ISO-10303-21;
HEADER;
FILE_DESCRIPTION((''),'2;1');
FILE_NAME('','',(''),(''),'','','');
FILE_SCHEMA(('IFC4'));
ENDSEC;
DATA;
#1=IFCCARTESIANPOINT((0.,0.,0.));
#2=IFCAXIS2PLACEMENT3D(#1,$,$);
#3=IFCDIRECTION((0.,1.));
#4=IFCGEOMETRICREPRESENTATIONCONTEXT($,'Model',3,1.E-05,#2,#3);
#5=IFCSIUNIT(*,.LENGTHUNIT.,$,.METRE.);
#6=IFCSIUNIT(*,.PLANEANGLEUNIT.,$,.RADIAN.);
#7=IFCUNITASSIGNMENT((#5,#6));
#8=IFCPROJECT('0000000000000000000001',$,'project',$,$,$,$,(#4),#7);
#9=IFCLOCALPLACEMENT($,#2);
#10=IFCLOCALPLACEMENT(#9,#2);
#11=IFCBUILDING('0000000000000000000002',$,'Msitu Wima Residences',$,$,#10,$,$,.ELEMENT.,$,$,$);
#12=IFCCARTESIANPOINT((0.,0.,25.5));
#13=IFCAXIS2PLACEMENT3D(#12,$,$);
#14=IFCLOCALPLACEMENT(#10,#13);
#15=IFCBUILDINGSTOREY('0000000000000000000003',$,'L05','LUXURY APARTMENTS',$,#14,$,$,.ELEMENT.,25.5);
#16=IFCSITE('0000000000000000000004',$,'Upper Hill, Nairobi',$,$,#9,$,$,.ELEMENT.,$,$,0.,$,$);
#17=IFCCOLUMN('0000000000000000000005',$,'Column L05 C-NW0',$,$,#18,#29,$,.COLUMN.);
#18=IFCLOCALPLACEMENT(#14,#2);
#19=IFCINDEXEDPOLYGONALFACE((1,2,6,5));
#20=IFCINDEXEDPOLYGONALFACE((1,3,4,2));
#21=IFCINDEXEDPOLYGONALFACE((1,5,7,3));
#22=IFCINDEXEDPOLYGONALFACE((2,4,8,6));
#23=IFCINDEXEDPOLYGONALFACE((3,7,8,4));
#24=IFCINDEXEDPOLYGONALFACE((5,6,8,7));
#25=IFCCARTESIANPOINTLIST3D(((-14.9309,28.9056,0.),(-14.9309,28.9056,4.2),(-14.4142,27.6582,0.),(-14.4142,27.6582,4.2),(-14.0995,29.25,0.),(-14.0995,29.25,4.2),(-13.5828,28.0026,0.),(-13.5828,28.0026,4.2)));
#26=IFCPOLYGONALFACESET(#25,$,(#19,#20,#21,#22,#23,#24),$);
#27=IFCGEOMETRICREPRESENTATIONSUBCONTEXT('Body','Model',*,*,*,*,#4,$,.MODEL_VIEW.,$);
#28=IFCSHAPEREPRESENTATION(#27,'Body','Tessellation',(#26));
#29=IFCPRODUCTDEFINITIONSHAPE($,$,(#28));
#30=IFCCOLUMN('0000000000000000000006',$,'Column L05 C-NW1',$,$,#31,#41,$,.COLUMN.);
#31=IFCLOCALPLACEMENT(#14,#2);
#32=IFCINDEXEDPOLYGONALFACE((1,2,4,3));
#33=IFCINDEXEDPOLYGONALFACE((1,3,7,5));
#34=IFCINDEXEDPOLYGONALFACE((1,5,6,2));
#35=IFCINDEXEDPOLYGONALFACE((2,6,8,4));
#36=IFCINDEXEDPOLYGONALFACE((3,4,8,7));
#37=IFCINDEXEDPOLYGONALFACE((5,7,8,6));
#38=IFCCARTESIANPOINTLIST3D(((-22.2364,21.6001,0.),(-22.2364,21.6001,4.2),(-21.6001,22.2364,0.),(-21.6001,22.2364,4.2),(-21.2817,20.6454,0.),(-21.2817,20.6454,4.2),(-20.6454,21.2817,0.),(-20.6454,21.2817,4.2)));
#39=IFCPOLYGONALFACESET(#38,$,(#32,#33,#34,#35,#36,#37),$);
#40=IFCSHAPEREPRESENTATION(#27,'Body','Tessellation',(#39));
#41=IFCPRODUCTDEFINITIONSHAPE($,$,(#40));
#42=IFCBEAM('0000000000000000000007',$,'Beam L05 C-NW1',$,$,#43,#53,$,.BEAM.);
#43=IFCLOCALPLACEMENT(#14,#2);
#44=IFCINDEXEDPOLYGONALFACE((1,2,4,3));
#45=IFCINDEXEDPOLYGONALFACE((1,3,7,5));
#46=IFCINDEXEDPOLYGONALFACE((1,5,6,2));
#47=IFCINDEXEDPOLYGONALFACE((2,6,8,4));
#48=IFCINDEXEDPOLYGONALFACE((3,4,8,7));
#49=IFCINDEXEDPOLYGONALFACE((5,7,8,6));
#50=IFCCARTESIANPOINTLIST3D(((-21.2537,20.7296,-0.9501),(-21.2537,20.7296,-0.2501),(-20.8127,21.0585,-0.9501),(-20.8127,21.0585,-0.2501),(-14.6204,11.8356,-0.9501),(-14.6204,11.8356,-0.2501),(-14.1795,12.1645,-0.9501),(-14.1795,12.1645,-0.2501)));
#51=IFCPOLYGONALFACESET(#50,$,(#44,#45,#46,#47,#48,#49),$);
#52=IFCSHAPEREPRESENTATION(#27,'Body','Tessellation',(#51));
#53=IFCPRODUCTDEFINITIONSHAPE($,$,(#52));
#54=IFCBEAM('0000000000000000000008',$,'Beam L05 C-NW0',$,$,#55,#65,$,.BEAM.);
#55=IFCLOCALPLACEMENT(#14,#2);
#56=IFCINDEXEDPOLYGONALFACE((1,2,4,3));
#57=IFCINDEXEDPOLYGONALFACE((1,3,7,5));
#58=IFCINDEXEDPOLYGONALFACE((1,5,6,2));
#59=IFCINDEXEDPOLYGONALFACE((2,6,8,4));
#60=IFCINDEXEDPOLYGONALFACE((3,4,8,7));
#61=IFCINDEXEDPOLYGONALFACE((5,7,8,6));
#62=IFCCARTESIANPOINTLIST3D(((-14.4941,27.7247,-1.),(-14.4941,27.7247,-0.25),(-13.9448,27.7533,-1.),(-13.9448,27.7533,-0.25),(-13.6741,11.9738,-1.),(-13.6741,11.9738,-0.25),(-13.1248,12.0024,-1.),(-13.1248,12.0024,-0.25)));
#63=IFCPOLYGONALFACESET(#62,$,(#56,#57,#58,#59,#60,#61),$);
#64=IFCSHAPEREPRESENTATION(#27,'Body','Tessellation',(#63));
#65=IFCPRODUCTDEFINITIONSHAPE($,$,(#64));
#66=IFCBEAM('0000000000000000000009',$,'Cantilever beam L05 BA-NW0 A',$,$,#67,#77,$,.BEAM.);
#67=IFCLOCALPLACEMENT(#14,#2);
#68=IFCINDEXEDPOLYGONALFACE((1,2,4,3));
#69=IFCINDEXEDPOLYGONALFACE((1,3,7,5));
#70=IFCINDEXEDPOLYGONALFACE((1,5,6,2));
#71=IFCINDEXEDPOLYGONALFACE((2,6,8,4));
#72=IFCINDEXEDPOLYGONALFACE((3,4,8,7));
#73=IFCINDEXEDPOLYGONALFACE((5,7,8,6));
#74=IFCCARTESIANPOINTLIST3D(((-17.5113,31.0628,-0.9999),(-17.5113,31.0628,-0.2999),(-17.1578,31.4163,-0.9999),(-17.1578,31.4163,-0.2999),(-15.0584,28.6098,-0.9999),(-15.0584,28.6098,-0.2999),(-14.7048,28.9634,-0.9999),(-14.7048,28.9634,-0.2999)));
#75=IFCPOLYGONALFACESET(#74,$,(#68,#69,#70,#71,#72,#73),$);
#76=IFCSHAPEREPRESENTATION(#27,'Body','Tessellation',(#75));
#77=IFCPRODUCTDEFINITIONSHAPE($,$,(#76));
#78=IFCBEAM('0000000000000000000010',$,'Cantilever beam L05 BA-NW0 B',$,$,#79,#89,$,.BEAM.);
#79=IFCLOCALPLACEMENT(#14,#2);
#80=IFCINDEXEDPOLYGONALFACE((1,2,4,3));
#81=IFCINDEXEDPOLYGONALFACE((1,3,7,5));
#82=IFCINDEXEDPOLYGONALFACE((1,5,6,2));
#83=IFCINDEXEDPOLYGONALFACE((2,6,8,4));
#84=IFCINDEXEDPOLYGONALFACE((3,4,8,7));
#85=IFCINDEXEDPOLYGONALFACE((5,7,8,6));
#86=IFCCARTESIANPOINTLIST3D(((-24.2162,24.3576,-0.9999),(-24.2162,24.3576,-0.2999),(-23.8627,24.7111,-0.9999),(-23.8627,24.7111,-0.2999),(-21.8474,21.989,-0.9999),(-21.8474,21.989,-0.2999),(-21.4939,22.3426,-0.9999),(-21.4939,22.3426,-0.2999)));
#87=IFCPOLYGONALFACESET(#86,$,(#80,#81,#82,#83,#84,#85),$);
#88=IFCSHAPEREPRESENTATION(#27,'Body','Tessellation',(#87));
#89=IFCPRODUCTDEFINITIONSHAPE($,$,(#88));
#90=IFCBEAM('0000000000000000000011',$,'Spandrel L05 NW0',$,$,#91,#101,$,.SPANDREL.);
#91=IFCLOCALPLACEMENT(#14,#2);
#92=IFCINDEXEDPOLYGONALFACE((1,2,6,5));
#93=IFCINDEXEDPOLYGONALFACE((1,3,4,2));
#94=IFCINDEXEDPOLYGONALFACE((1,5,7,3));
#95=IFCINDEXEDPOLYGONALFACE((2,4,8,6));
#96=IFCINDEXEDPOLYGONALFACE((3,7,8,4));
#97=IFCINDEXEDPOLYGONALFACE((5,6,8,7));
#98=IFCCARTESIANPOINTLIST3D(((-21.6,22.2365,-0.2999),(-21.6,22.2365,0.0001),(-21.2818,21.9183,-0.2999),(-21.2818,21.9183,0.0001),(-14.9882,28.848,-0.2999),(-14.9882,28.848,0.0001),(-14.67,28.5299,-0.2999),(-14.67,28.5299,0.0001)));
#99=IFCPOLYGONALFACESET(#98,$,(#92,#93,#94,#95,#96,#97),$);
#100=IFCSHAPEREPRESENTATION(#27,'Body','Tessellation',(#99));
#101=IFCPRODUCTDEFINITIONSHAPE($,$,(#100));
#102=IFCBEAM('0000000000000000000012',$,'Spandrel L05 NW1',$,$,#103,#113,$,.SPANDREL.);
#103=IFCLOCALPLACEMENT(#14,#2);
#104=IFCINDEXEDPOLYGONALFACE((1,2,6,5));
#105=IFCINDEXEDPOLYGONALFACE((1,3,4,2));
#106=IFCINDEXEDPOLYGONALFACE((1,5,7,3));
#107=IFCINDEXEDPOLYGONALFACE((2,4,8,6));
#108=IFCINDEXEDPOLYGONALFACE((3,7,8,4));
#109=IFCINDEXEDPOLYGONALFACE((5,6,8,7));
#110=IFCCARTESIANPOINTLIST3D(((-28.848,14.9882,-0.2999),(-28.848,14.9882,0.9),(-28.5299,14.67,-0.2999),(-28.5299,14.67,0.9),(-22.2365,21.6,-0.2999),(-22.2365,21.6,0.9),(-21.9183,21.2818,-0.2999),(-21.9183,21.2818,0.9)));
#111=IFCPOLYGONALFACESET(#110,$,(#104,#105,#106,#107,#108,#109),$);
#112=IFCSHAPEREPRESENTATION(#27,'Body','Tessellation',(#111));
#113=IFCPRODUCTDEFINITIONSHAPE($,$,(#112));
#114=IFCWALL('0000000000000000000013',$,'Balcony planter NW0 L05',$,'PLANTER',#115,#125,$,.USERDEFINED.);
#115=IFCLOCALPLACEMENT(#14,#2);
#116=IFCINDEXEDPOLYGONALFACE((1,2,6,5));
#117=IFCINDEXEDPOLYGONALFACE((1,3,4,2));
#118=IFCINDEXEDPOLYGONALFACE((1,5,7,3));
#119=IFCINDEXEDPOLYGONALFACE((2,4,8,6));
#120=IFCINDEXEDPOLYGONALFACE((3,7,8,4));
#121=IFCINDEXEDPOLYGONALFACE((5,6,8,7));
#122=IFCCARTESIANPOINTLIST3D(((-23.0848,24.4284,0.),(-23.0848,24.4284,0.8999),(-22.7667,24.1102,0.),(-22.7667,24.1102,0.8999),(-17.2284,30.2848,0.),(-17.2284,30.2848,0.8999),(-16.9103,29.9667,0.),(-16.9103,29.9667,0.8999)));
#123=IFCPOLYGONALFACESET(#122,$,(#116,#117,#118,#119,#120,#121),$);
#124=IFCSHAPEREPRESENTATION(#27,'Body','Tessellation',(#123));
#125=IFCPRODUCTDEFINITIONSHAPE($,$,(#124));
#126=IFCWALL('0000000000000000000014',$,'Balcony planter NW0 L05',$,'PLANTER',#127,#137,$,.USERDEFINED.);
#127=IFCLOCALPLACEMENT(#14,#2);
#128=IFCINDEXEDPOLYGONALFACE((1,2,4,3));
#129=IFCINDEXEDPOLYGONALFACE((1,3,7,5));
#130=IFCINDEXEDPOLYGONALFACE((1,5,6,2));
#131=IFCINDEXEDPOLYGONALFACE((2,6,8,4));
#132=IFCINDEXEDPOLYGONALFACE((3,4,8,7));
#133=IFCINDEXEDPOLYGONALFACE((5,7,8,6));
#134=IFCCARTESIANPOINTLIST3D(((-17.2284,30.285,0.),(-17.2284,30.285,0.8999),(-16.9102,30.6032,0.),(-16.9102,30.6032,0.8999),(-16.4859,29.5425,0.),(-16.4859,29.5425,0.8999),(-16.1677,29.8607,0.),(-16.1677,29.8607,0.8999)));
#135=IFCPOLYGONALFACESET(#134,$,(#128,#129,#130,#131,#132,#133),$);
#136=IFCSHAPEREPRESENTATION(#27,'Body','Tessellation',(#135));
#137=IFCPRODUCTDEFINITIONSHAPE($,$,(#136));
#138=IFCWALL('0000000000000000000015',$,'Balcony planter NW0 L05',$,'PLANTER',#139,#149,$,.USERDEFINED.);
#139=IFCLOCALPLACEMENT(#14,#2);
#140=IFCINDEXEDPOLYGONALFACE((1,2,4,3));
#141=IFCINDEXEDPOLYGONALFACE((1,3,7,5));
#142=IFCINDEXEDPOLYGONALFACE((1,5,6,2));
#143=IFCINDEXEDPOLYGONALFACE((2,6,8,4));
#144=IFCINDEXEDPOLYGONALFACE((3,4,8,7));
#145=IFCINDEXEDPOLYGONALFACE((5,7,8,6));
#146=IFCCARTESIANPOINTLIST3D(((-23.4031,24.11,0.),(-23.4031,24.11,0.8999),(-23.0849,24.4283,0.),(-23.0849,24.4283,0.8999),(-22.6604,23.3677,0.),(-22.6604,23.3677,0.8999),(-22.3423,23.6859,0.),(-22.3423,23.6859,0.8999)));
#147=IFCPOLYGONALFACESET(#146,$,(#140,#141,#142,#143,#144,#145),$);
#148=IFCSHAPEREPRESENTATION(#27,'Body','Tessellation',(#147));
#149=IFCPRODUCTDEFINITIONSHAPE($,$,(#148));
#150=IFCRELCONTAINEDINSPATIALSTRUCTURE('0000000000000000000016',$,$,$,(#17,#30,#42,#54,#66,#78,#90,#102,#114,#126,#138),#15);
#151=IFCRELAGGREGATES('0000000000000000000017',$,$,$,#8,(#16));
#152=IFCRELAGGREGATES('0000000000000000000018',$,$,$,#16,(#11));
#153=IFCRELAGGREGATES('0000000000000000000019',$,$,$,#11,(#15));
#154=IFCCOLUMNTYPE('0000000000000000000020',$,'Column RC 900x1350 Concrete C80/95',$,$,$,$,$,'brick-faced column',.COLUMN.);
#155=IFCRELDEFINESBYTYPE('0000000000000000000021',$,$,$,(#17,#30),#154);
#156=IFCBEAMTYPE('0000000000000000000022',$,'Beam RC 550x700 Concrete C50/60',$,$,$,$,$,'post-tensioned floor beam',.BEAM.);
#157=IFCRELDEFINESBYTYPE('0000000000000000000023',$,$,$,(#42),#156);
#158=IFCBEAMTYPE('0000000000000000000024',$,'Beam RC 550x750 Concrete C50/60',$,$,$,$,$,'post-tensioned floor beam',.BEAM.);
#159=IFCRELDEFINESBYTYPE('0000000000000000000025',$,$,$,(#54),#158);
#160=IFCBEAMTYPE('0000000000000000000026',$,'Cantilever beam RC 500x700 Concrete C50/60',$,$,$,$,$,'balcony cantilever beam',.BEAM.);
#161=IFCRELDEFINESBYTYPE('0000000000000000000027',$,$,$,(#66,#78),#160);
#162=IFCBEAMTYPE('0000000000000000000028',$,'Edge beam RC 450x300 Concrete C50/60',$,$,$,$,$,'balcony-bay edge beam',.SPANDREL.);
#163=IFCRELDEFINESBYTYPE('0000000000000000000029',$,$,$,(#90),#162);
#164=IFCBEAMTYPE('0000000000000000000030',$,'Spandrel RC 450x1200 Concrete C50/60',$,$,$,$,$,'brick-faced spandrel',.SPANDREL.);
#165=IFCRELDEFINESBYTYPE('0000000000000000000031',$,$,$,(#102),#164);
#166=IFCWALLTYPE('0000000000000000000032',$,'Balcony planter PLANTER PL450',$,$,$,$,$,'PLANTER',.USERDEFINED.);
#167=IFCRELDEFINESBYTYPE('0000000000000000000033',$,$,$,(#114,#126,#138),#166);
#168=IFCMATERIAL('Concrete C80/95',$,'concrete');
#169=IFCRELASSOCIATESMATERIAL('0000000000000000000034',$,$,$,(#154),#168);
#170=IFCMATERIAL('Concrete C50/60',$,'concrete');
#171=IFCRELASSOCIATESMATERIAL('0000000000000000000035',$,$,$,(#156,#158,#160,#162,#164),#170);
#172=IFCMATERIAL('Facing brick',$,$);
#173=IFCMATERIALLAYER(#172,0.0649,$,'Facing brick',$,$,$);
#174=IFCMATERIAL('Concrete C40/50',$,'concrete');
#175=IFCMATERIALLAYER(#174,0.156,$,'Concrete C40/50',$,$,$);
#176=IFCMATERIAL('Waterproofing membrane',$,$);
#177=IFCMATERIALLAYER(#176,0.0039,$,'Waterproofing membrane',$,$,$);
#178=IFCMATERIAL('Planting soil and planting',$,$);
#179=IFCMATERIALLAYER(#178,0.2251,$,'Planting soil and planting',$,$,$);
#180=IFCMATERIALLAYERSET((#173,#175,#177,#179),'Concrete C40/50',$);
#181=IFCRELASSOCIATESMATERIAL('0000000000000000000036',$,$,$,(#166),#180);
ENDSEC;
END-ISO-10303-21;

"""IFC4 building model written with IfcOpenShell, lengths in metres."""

from ifc_helpers import new_model, si_unit, direction, frame, frame_2d, origin, origin_2d, place, context, subcontext, project, spatial, rectangle, extrude, material, layer, layer_set, material_profile, profile_set, type_object, element, save


model = new_model("IFC4")

# Units and contexts
model_context = context("Model", 3, precision=1e-05, world=origin(), true_north=direction((0.0, 1.0)))
body_context = subcontext(model_context, "Body", "Model", "MODEL_VIEW")
ifc_project = project(units=[si_unit("LENGTHUNIT", "METRE"), si_unit("PLANEANGLEUNIT", "RADIAN")], contexts=[model_context])

# Site, building, storey
site_placement = place(None, origin())
site = spatial("IfcSite", under=ifc_project, at=site_placement, Name="Upper Hill, Nairobi", CompositionType="ELEMENT", RefElevation=0.0)
building_placement = place(site_placement, origin())
building = spatial("IfcBuilding", under=site, at=building_placement, Name="Msitu Wima Residences", CompositionType="ELEMENT")
storey_placement = place(building_placement, frame((0.0, 0.0, 25.5)))
storey = spatial("IfcBuildingStorey", under=building, at=storey_placement, Name="L05", Description="LUXURY APARTMENTS", CompositionType="ELEMENT", Elevation=25.5)

# Columns
ifc_material_1 = material(Name="Concrete C80/95", Category="concrete")
ifc_material_profile_1 = material_profile(ifc_material_1, rectangle(XDim=0.8999, YDim=1.3501, at=origin_2d()), Name="RC 900x1350")
ifc_profile_set_1 = profile_set([ifc_material_profile_1], Name="Concrete C80/95")
column_type = type_object("IfcColumnType", Name="Column RC 900x1350 Concrete C80/95", ElementType="brick-faced column", PredefinedType="COLUMN", material=ifc_profile_set_1)
for number, where, z_axis, x_axis, name in (
    (1, (-14.2568, 28.4541, 0.0), (0.0, 0.0, 1.0), (-0.92388, -0.382683, 0.0), "Column L05 C-NW0"),
    (2, (-21.4409, 21.4409, 0.0), (0.0, 0.0, 1.0), (-0.707107, -0.707107, 0.0), "Column L05 C-NW1"),
):
    element("IfcColumn", number, at=place(storey_placement, frame(where, z_axis=z_axis, x_axis=x_axis)), inside=storey, type_object=column_type, Name=name, PredefinedType="COLUMN", context=body_context, shape_type="SweptSolid", body=[
        extrude(rectangle(XDim=0.8999, YDim=1.3501, at=origin_2d()), origin(), (0.0, 0.0, 1.0), 4.2),
    ])

# Beams
ifc_material_2 = material(Name="Concrete C50/60", Category="concrete")
ifc_material_profile_2 = material_profile(ifc_material_2, rectangle(XDim=0.55, YDim=0.7, at=origin_2d()), Name="RC 550x700")
ifc_profile_set_2 = profile_set([ifc_material_profile_2], Name="Concrete C50/60")
beam_type_1 = type_object("IfcBeamType", Name="Beam RC 550x700 Concrete C50/60", ElementType="post-tensioned floor beam", PredefinedType="BEAM", material=ifc_profile_set_2)
beam_1_placement = place(storey_placement, frame((-21.0332, 20.894, -0.6001), z_axis=(0.59785, -0.801608, 0.0), x_axis=(0.801608, 0.59785, 0.0)))
element("IfcBeam", 3, at=beam_1_placement, inside=storey, type_object=beam_type_1, Name="Beam L05 C-NW1", PredefinedType="BEAM", context=body_context, shape_type="SweptSolid", body=[
    extrude(rectangle(XDim=0.55, YDim=0.7, at=origin_2d()), origin(), (0.0, 0.0, 1.0), 11.0952),
])
ifc_material_profile_3 = material_profile(ifc_material_2, rectangle(XDim=0.55, YDim=0.75, at=origin_2d()), Name="RC 550x750")
ifc_profile_set_3 = profile_set([ifc_material_profile_3], Name="Concrete C50/60")
beam_type_2 = type_object("IfcBeamType", Name="Beam RC 550x750 Concrete C50/60", ElementType="post-tensioned floor beam", PredefinedType="BEAM", material=ifc_profile_set_3)
beam_2_placement = place(storey_placement, frame((-14.2195, 27.739, -0.625), z_axis=(0.051994, -0.998647, 0.0), x_axis=(0.998647, 0.051994, 0.0)))
element("IfcBeam", 4, at=beam_2_placement, inside=storey, type_object=beam_type_2, Name="Beam L05 C-NW0", PredefinedType="BEAM", context=body_context, shape_type="SweptSolid", body=[
    extrude(rectangle(XDim=0.55, YDim=0.75, at=origin_2d()), origin(), (0.0, 0.0, 1.0), 15.7722),
])
ifc_material_profile_4 = material_profile(ifc_material_2, rectangle(XDim=0.5, YDim=0.7, at=origin_2d()), Name="RC 500x700")
ifc_profile_set_4 = profile_set([ifc_material_profile_4], Name="Concrete C50/60")
beam_type_3 = type_object("IfcBeamType", Name="Cantilever beam RC 500x700 Concrete C50/60", ElementType="balcony cantilever beam", PredefinedType="BEAM", material=ifc_profile_set_4)
beam_3_placement = place(storey_placement, frame((-14.8816, 28.7866, -0.6499), z_axis=(-0.707107, 0.707107, 0.0), x_axis=(-0.707107, -0.707107, 0.0)))
element("IfcBeam", 5, at=beam_3_placement, inside=storey, type_object=beam_type_3, Name="Cantilever beam L05 BA-NW0 A", PredefinedType="BEAM", context=body_context, shape_type="SweptSolid", body=[
    extrude(rectangle(XDim=0.5, YDim=0.7, at=origin_2d()), origin(), (0.0, 0.0, 1.0), 3.469),
])
beam_4_placement = place(storey_placement, frame((-21.6707, 22.1658, -0.6499), z_axis=(-0.707143, 0.70707, 0.0), x_axis=(-0.70707, -0.707143, 0.0)))
element("IfcBeam", 6, at=beam_4_placement, inside=storey, type_object=beam_type_3, Name="Cantilever beam L05 BA-NW0 B", PredefinedType="BEAM", context=body_context, shape_type="SweptSolid", body=[
    extrude(rectangle(XDim=0.5, YDim=0.7, at=origin_2d()), origin(), (0.0, 0.0, 1.0), 3.3499),
])
ifc_material_profile_5 = material_profile(ifc_material_2, rectangle(XDim=0.45, YDim=0.3, at=origin_2d()), Name="RC 450x300")
ifc_profile_set_5 = profile_set([ifc_material_profile_5], Name="Concrete C50/60")
beam_type_4 = type_object("IfcBeamType", Name="Edge beam RC 450x300 Concrete C50/60", ElementType="balcony-bay edge beam", PredefinedType="SPANDREL", material=ifc_profile_set_5)
beam_5_placement = place(storey_placement, frame((-14.8291, 28.689, -0.1499), z_axis=(-0.70712, -0.707094, 0.0), x_axis=(0.707094, -0.70712, 0.0)))
element("IfcBeam", 7, at=beam_5_placement, inside=storey, type_object=beam_type_4, Name="Spandrel L05 NW0", PredefinedType="SPANDREL", context=body_context, shape_type="SweptSolid", body=[
    extrude(rectangle(XDim=0.45, YDim=0.3, at=origin_2d()), origin(), (0.0, 0.0, 1.0), 9.3503),
])
ifc_material_profile_6 = material_profile(ifc_material_2, rectangle(XDim=0.45, YDim=1.2, at=origin_2d()), Name="RC 450x1200")
ifc_profile_set_6 = profile_set([ifc_material_profile_6], Name="Concrete C50/60")
beam_type_5 = type_object("IfcBeamType", Name="Spandrel RC 450x1200 Concrete C50/60", ElementType="brick-faced spandrel", PredefinedType="SPANDREL", material=ifc_profile_set_6)
beam_6_placement = place(storey_placement, frame((-22.0774, 21.4409, 0.3), z_axis=(-0.707094, -0.70712, 0.0), x_axis=(0.70712, -0.707094, 0.0)))
element("IfcBeam", 8, at=beam_6_placement, inside=storey, type_object=beam_type_5, Name="Spandrel L05 NW1", PredefinedType="SPANDREL", context=body_context, shape_type="SweptSolid", body=[
    extrude(rectangle(XDim=0.45, YDim=1.2, at=origin_2d()), origin(), (0.0, 0.0, 1.0), 9.3503),
])

# Walls
ifc_material_3 = material(Name="Facing brick")
ifc_layer_1 = layer(ifc_material_3, 0.0649, Name="Facing brick")
ifc_material_4 = material(Name="Concrete C40/50", Category="concrete")
ifc_layer_2 = layer(ifc_material_4, 0.156, Name="Concrete C40/50")
ifc_material_5 = material(Name="Waterproofing membrane")
ifc_layer_3 = layer(ifc_material_5, 0.0039, Name="Waterproofing membrane")
ifc_material_6 = material(Name="Planting soil and planting")
ifc_layer_4 = layer(ifc_material_6, 0.2251, Name="Planting soil and planting")
ifc_layer_set_1 = layer_set([ifc_layer_1, ifc_layer_2, ifc_layer_3, ifc_layer_4], Name="Concrete C40/50")
wall_type_1 = type_object("IfcWallType", Name="Balcony planter PLANTER PL450", ElementType="PLANTER", PredefinedType="USERDEFINED", material=ifc_layer_set_1)
wall_1_placement = place(storey_placement, frame((-17.0693, 30.1257, 0.0), z_axis=(0.0, 0.0, 1.0), x_axis=(-0.707107, -0.707107, 0.0)))
element("IfcWall", 9, at=wall_1_placement, inside=storey, type_object=wall_type_1, Name="Balcony planter NW0 L05", ObjectType="PLANTER", PredefinedType="USERDEFINED", context=body_context, shape_type="SweptSolid", body=[
    extrude(rectangle(XDim=8.2822, YDim=0.45, at=frame_2d((4.1411, 0.0))), origin(), (0.0, 0.0, 1.0), 0.8999),
])
for number, where, z_axis, x_axis, name in (
    (10, (-16.3269, 29.7017, 0.0), (0.0, 0.0, 1.0), (-0.707107, 0.707107, 0.0), "Balcony planter NW0 L05"),
    (11, (-22.5015, 23.5269, 0.0), (0.0, 0.0, 1.0), (-0.707223, 0.706991, 0.0), "Balcony planter NW0 L05"),
):
    element("IfcWall", number, at=place(storey_placement, frame(where, z_axis=z_axis, x_axis=x_axis)), inside=storey, type_object=wall_type_1, Name=name, ObjectType="PLANTER", PredefinedType="USERDEFINED", context=body_context, shape_type="SweptSolid", body=[
        extrude(rectangle(XDim=1.05, YDim=0.45, at=frame_2d((0.5249, 0.0))), origin(), (0.0, 0.0, 1.0), 0.8999),
    ])

save(model, "model.ifc")
